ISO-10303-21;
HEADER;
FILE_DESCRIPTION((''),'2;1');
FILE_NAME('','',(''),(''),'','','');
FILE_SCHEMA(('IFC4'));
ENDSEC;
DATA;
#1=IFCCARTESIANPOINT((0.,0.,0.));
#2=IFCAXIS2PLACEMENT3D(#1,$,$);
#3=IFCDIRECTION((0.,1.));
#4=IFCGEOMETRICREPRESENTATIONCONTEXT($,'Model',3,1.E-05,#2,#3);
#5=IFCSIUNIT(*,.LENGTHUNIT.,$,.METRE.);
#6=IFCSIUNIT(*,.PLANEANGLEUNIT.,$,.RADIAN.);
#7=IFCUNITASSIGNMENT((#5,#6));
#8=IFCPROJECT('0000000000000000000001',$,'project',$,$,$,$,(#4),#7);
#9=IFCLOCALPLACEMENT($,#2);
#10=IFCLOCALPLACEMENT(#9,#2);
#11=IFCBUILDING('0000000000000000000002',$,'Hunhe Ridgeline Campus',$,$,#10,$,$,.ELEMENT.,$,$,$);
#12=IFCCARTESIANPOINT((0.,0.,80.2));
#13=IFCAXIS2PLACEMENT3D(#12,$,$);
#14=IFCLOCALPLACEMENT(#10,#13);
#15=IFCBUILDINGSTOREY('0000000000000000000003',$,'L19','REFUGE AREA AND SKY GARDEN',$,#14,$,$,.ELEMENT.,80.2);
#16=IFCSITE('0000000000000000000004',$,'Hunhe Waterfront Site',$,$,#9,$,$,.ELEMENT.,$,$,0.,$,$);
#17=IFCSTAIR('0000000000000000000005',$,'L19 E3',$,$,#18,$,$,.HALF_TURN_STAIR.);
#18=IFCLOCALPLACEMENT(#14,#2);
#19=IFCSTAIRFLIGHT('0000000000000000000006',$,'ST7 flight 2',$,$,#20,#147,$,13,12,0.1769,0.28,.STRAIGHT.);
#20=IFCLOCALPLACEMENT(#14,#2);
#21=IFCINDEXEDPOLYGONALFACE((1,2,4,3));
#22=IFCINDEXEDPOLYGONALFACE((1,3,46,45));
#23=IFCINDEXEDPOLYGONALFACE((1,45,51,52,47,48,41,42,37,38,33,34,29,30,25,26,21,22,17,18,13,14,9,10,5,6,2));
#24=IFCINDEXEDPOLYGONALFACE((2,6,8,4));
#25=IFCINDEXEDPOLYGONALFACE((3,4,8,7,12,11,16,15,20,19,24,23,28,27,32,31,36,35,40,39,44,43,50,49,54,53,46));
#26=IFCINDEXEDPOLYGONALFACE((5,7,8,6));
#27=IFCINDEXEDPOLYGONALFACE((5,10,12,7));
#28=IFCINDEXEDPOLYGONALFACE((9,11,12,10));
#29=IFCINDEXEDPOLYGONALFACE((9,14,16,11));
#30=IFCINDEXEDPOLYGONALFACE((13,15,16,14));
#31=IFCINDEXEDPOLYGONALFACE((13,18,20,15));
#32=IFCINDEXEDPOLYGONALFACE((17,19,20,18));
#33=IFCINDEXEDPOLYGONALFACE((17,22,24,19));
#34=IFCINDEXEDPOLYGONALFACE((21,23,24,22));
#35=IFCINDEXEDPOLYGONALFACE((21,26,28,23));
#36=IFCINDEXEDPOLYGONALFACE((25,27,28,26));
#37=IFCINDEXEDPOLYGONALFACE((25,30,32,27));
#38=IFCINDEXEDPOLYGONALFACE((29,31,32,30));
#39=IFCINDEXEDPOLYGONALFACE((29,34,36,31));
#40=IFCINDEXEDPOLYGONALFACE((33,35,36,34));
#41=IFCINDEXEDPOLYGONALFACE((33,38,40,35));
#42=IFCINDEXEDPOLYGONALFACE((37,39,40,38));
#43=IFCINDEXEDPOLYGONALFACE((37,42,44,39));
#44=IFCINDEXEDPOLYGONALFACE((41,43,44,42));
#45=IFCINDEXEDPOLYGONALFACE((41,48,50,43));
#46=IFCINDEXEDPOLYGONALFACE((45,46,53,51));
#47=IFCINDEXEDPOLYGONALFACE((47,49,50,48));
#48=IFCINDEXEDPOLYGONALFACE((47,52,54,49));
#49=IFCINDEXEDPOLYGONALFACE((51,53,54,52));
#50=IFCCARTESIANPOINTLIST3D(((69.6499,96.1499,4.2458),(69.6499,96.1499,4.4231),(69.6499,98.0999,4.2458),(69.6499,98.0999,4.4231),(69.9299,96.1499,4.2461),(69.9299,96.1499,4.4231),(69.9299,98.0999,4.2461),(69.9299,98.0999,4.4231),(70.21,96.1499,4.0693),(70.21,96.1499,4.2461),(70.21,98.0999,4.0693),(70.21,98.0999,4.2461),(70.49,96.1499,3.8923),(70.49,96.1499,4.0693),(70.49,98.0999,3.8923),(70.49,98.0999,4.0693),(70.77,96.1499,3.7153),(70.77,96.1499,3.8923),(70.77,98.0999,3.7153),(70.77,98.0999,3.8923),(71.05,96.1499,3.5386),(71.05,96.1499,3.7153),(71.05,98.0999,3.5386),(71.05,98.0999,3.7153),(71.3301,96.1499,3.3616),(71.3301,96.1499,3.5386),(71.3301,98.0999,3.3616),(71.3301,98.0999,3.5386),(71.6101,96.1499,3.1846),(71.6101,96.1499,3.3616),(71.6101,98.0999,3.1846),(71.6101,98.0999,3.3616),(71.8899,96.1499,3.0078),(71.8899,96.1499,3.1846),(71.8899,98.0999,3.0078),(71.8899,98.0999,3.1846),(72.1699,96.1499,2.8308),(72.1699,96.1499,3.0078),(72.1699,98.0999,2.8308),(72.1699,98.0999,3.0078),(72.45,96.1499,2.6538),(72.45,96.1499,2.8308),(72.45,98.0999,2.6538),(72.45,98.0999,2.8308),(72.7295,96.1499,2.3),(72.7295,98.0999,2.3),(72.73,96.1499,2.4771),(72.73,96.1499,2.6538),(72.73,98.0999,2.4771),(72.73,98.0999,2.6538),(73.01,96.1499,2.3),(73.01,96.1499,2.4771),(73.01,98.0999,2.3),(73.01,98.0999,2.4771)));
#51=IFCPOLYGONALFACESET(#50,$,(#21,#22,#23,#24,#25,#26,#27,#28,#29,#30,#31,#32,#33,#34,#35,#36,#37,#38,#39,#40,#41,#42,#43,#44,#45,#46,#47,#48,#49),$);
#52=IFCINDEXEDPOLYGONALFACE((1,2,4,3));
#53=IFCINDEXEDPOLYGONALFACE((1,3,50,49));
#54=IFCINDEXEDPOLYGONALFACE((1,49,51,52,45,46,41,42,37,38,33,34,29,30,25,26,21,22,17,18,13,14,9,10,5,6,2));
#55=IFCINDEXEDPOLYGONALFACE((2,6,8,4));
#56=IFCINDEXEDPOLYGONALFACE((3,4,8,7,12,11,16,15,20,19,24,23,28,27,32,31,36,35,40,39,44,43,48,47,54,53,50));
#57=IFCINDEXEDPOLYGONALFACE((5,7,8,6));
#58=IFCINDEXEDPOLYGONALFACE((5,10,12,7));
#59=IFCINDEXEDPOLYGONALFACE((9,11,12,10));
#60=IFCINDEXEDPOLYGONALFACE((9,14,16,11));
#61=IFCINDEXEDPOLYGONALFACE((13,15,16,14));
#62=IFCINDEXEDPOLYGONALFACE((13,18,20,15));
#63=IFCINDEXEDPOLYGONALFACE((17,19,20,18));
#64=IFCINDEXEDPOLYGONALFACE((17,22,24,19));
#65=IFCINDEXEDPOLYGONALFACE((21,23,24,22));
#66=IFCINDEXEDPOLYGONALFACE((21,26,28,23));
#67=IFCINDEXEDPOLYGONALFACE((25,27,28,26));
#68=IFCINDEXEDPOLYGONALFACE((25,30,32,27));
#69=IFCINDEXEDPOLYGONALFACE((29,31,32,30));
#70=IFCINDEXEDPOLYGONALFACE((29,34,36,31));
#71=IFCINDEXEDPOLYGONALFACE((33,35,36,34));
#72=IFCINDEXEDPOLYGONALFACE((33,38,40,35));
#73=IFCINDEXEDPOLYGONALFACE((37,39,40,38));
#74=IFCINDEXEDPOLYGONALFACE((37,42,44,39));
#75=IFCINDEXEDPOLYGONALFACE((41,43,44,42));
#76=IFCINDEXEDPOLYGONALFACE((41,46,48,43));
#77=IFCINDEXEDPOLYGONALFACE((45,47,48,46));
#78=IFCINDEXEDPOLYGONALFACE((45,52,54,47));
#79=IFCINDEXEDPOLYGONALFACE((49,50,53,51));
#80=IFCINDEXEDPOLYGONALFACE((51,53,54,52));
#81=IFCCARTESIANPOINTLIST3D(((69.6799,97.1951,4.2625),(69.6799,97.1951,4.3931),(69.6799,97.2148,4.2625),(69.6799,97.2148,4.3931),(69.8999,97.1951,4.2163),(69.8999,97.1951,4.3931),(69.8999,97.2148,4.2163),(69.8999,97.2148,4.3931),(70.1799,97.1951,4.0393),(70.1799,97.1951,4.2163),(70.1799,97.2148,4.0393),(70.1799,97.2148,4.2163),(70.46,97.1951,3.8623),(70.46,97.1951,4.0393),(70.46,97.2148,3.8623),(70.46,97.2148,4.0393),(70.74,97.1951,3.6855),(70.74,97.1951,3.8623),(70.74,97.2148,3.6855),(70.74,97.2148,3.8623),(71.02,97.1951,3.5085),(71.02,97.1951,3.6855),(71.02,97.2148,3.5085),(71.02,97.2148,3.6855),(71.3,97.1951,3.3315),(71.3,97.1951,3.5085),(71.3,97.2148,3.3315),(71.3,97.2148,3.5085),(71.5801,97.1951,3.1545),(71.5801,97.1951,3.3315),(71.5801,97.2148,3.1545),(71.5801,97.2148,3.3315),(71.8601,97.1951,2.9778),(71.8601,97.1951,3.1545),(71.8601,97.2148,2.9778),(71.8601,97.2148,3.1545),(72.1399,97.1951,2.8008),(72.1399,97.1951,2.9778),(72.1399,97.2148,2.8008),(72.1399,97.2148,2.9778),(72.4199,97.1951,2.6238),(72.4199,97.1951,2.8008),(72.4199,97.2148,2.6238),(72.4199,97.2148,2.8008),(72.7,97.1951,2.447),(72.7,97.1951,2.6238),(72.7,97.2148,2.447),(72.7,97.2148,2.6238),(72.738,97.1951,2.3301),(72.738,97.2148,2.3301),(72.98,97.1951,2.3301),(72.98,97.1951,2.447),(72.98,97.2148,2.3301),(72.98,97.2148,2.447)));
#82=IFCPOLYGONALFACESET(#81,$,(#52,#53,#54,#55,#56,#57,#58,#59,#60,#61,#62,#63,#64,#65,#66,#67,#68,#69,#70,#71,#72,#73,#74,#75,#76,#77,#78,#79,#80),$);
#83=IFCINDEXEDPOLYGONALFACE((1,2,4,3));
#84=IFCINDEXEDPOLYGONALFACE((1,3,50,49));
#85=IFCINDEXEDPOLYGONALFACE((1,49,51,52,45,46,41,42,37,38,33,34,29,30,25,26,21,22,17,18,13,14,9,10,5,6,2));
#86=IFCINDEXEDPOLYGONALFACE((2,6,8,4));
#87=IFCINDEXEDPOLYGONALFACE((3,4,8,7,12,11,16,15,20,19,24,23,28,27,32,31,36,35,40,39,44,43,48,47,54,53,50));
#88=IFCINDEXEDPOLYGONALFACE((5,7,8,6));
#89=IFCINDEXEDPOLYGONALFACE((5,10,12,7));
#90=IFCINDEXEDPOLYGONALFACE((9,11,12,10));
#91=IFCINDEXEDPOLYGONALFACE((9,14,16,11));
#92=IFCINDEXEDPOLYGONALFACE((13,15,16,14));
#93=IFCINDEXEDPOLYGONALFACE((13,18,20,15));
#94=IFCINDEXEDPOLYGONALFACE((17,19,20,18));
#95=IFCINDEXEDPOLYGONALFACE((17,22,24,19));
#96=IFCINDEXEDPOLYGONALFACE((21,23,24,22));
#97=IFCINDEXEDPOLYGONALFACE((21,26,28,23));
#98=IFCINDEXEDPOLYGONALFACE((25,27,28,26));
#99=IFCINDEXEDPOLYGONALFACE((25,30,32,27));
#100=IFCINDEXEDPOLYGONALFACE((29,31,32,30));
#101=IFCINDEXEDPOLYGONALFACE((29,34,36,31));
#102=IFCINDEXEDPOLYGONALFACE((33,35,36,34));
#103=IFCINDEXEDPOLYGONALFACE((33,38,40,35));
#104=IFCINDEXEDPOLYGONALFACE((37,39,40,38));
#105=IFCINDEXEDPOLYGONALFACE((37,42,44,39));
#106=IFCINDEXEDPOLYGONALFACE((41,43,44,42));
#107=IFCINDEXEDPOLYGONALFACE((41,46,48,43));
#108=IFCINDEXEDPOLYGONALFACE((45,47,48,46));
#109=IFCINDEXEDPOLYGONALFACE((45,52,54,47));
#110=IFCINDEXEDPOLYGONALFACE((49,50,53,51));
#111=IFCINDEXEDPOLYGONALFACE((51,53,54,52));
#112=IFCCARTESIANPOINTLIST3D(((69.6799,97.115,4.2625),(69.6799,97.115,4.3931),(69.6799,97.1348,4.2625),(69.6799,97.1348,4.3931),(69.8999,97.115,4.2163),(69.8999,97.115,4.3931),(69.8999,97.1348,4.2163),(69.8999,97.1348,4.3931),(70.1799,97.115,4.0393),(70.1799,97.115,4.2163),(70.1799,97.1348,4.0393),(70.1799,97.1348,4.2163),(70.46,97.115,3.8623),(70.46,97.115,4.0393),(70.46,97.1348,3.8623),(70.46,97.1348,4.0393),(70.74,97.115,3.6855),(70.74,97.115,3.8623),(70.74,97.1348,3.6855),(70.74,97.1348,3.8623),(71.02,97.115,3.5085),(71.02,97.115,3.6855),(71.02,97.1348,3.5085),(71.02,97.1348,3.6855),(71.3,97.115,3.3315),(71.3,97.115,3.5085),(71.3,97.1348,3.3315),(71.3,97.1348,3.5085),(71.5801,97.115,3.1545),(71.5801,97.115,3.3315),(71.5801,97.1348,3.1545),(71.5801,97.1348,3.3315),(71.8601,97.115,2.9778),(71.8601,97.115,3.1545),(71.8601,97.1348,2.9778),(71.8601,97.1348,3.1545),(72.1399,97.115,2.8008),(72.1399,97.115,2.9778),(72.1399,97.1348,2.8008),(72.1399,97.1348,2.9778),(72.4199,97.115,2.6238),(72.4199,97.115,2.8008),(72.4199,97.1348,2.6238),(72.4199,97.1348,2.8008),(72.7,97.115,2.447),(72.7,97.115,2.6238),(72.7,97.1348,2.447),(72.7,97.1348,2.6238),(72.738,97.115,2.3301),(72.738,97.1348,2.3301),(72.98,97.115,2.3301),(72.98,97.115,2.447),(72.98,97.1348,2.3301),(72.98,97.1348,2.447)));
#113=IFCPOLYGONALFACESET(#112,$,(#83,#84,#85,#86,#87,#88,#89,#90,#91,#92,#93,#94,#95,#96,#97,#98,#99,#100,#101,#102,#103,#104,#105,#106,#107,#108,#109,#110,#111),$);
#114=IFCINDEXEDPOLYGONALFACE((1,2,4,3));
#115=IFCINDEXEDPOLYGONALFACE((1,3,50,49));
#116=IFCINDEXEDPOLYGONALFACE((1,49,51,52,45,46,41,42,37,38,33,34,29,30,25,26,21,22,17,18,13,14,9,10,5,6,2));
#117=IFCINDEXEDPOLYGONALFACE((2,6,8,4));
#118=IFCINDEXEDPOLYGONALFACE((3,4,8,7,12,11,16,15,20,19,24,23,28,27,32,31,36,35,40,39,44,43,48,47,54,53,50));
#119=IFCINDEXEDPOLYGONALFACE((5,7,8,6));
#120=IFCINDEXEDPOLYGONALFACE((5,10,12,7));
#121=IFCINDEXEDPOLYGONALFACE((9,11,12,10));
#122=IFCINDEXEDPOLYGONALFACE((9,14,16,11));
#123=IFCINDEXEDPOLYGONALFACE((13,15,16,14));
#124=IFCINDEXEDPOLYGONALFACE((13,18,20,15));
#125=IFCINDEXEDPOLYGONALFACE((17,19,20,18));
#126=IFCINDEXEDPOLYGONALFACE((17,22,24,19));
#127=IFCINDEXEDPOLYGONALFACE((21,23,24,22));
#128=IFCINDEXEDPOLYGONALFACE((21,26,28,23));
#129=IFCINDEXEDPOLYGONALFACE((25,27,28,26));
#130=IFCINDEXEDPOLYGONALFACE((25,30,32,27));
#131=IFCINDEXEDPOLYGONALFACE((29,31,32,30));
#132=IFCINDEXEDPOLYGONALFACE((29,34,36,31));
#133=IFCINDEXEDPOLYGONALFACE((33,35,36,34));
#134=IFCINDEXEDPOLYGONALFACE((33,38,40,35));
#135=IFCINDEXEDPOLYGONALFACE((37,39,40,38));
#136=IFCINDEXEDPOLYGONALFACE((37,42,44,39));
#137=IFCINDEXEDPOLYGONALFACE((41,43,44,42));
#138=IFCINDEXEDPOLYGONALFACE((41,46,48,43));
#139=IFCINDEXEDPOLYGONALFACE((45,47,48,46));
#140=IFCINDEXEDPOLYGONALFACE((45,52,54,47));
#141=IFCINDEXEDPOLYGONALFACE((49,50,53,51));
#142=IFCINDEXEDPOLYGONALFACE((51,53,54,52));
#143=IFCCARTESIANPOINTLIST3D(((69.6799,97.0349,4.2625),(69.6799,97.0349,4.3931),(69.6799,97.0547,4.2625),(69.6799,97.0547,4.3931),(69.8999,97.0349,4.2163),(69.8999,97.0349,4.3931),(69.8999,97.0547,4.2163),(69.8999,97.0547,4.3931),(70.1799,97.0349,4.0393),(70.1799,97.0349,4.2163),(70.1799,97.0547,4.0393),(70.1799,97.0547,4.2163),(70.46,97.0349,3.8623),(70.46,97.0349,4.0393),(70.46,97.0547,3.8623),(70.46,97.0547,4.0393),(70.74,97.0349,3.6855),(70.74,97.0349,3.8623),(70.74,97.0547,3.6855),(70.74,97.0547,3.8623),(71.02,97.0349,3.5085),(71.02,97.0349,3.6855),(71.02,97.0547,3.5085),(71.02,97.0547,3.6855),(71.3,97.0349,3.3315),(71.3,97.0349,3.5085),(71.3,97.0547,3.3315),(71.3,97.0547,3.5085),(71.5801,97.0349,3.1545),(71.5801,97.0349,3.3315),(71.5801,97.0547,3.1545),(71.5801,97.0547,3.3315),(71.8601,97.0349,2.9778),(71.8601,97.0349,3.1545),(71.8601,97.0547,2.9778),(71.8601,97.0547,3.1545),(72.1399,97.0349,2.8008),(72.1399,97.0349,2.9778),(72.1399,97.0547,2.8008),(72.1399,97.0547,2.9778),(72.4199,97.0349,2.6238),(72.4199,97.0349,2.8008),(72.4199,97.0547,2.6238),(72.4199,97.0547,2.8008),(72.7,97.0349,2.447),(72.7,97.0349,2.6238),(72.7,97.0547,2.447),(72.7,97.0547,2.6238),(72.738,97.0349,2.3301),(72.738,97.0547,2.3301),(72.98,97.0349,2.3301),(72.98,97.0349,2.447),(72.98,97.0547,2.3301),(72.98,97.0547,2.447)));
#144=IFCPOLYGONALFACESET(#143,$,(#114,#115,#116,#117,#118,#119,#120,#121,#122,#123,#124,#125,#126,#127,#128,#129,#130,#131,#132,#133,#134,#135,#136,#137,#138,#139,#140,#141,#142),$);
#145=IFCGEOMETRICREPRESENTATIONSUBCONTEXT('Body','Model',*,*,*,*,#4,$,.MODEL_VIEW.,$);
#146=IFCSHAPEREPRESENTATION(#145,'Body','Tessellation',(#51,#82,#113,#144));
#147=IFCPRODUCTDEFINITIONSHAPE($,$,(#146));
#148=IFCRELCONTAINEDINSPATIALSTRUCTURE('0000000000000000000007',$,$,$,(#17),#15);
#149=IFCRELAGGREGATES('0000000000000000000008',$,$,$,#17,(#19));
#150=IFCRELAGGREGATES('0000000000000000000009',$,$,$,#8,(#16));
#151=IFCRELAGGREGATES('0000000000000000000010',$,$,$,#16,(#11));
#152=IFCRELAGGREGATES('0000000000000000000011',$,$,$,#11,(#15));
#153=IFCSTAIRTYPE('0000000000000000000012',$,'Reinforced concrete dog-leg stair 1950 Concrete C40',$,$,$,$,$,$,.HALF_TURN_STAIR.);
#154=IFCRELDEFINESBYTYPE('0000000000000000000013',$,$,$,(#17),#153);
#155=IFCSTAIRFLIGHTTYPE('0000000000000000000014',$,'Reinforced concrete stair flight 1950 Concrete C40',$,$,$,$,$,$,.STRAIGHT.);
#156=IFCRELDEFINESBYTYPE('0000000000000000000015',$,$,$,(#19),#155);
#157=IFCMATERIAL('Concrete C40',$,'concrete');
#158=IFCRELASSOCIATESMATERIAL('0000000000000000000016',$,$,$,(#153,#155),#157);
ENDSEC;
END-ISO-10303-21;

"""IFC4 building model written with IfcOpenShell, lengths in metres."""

from ifc_helpers import new_model, si_unit, direction, frame, origin, place, context, subcontext, project, spatial, polyline, outline, extrude, material, type_object, element, aggregate, save


model = new_model("IFC4")

# Units and contexts
model_context = context("Model", 3, precision=1e-05, world=origin(), true_north=direction((0.0, 1.0)))
body_context = subcontext(model_context, "Body", "Model", "MODEL_VIEW")
ifc_project = project(units=[si_unit("LENGTHUNIT", "METRE"), si_unit("PLANEANGLEUNIT", "RADIAN")], contexts=[model_context])

# Site, building, storey
site_placement = place(None, origin())
site = spatial("IfcSite", under=ifc_project, at=site_placement, Name="Hunhe Waterfront Site", CompositionType="ELEMENT", RefElevation=0.0)
building_placement = place(site_placement, origin())
building = spatial("IfcBuilding", under=site, at=building_placement, Name="Hunhe Ridgeline Campus", CompositionType="ELEMENT")
storey_placement = place(building_placement, frame((0.0, 0.0, 80.2)))
storey = spatial("IfcBuildingStorey", under=building, at=storey_placement, Name="L19", Description="REFUGE AREA AND SKY GARDEN", CompositionType="ELEMENT", Elevation=80.2)

# Stair, stair flight
ifc_material_1 = material(Name="Concrete C40", Category="concrete")
stair_type = type_object("IfcStairType", Name="Reinforced concrete dog-leg stair 1950 Concrete C40", PredefinedType="HALF_TURN_STAIR", material=ifc_material_1)
stair_placement = place(storey_placement, origin())
stair = element("IfcStair", 1, at=stair_placement, inside=storey, type_object=stair_type, Name="L19 E3", PredefinedType="HALF_TURN_STAIR")
stair_flight_type = type_object("IfcStairFlightType", Name="Reinforced concrete stair flight 1950 Concrete C40", PredefinedType="STRAIGHT", material=ifc_material_1)
stair_flight_1_placement = place(storey_placement, frame((73.01, 97.125, 2.3), z_axis=(0.0, 0.0, 1.0), x_axis=(-1.0, 0.0, 0.0)))
stair_flight_1 = element("IfcStairFlight", 2, at=stair_flight_1_placement, type_object=stair_flight_type, Name="ST7 flight 2", NumberOfRisers=13, NumberOfTreads=12, PredefinedType="STRAIGHT", RiserHeight=0.1769, TreadLength=0.28, context=body_context, shape_type="SweptSolid", body=[
    extrude(outline(polyline([(0.0, 0.0), (0.0, 0.177), (0.28, 0.177), (0.28, 0.3538), (0.5601, 0.3538), (0.5601, 0.5308), (0.8401, 0.5308), (0.8401, 0.7078), (1.1201, 0.7078), (1.1201, 0.8845), (1.3999, 0.8845), (1.3999, 1.0615), (1.6799, 1.0615), (1.6799, 1.2385), (1.96, 1.2385), (1.96, 1.4153), (2.24, 1.4153), (2.24, 1.5923), (2.52, 1.5923), (2.52, 1.7693), (2.8, 1.7693), (2.8, 1.946), (3.0801, 1.946), (3.0801, 2.123), (3.3601, 2.123), (3.3601, 2.3), (3.3601, 1.9458), (0.2805, 0.0), (0.0, 0.0)])), frame((0.0, 0.9751, 0.0), z_axis=(0.0, -1.0, 0.0), x_axis=(1.0, 0.0, 0.0)), (0.0, 0.0, 1.0), 1.95),
    extrude(outline(polyline([(0.03, 0.03), (0.03, 0.147), (0.3101, 0.147), (0.3101, 0.3237), (0.5901, 0.3237), (0.5901, 0.5007), (0.8701, 0.5007), (0.8701, 0.6777), (1.1499, 0.6777), (1.1499, 0.8545), (1.4299, 0.8545), (1.4299, 1.0315), (1.71, 1.0315), (1.71, 1.2085), (1.99, 1.2085), (1.99, 1.3855), (2.27, 1.3855), (2.27, 1.5623), (2.55, 1.5623), (2.55, 1.7393), (2.8301, 1.7393), (2.8301, 1.9163), (3.1101, 1.9163), (3.1101, 2.093), (3.3301, 2.093), (3.3301, 1.9624), (0.272, 0.03), (0.03, 0.03)])), frame((0.0, -0.0701, 0.0), z_axis=(0.0, -1.0, 0.0), x_axis=(1.0, 0.0, 0.0)), (0.0, 0.0, 1.0), 0.0198),
    extrude(outline(polyline([(0.03, 0.03), (0.03, 0.147), (0.3101, 0.147), (0.3101, 0.3237), (0.5901, 0.3237), (0.5901, 0.5007), (0.8701, 0.5007), (0.8701, 0.6777), (1.1499, 0.6777), (1.1499, 0.8545), (1.4299, 0.8545), (1.4299, 1.0315), (1.71, 1.0315), (1.71, 1.2085), (1.99, 1.2085), (1.99, 1.3855), (2.27, 1.3855), (2.27, 1.5623), (2.55, 1.5623), (2.55, 1.7393), (2.8301, 1.7393), (2.8301, 1.9163), (3.1101, 1.9163), (3.1101, 2.093), (3.3301, 2.093), (3.3301, 1.9624), (0.272, 0.03), (0.03, 0.03)])), frame((0.0, 0.01, 0.0), z_axis=(0.0, -1.0, 0.0), x_axis=(1.0, 0.0, 0.0)), (0.0, 0.0, 1.0), 0.0198),
    extrude(outline(polyline([(0.03, 0.03), (0.03, 0.147), (0.3101, 0.147), (0.3101, 0.3237), (0.5901, 0.3237), (0.5901, 0.5007), (0.8701, 0.5007), (0.8701, 0.6777), (1.1499, 0.6777), (1.1499, 0.8545), (1.4299, 0.8545), (1.4299, 1.0315), (1.71, 1.0315), (1.71, 1.2085), (1.99, 1.2085), (1.99, 1.3855), (2.27, 1.3855), (2.27, 1.5623), (2.55, 1.5623), (2.55, 1.7393), (2.8301, 1.7393), (2.8301, 1.9163), (3.1101, 1.9163), (3.1101, 2.093), (3.3301, 2.093), (3.3301, 1.9624), (0.272, 0.03), (0.03, 0.03)])), frame((0.0, 0.0901, 0.0), z_axis=(0.0, -1.0, 0.0), x_axis=(1.0, 0.0, 0.0)), (0.0, 0.0, 1.0), 0.0198),
])
aggregate(stair, [stair_flight_1])

save(model, "model.ifc")
